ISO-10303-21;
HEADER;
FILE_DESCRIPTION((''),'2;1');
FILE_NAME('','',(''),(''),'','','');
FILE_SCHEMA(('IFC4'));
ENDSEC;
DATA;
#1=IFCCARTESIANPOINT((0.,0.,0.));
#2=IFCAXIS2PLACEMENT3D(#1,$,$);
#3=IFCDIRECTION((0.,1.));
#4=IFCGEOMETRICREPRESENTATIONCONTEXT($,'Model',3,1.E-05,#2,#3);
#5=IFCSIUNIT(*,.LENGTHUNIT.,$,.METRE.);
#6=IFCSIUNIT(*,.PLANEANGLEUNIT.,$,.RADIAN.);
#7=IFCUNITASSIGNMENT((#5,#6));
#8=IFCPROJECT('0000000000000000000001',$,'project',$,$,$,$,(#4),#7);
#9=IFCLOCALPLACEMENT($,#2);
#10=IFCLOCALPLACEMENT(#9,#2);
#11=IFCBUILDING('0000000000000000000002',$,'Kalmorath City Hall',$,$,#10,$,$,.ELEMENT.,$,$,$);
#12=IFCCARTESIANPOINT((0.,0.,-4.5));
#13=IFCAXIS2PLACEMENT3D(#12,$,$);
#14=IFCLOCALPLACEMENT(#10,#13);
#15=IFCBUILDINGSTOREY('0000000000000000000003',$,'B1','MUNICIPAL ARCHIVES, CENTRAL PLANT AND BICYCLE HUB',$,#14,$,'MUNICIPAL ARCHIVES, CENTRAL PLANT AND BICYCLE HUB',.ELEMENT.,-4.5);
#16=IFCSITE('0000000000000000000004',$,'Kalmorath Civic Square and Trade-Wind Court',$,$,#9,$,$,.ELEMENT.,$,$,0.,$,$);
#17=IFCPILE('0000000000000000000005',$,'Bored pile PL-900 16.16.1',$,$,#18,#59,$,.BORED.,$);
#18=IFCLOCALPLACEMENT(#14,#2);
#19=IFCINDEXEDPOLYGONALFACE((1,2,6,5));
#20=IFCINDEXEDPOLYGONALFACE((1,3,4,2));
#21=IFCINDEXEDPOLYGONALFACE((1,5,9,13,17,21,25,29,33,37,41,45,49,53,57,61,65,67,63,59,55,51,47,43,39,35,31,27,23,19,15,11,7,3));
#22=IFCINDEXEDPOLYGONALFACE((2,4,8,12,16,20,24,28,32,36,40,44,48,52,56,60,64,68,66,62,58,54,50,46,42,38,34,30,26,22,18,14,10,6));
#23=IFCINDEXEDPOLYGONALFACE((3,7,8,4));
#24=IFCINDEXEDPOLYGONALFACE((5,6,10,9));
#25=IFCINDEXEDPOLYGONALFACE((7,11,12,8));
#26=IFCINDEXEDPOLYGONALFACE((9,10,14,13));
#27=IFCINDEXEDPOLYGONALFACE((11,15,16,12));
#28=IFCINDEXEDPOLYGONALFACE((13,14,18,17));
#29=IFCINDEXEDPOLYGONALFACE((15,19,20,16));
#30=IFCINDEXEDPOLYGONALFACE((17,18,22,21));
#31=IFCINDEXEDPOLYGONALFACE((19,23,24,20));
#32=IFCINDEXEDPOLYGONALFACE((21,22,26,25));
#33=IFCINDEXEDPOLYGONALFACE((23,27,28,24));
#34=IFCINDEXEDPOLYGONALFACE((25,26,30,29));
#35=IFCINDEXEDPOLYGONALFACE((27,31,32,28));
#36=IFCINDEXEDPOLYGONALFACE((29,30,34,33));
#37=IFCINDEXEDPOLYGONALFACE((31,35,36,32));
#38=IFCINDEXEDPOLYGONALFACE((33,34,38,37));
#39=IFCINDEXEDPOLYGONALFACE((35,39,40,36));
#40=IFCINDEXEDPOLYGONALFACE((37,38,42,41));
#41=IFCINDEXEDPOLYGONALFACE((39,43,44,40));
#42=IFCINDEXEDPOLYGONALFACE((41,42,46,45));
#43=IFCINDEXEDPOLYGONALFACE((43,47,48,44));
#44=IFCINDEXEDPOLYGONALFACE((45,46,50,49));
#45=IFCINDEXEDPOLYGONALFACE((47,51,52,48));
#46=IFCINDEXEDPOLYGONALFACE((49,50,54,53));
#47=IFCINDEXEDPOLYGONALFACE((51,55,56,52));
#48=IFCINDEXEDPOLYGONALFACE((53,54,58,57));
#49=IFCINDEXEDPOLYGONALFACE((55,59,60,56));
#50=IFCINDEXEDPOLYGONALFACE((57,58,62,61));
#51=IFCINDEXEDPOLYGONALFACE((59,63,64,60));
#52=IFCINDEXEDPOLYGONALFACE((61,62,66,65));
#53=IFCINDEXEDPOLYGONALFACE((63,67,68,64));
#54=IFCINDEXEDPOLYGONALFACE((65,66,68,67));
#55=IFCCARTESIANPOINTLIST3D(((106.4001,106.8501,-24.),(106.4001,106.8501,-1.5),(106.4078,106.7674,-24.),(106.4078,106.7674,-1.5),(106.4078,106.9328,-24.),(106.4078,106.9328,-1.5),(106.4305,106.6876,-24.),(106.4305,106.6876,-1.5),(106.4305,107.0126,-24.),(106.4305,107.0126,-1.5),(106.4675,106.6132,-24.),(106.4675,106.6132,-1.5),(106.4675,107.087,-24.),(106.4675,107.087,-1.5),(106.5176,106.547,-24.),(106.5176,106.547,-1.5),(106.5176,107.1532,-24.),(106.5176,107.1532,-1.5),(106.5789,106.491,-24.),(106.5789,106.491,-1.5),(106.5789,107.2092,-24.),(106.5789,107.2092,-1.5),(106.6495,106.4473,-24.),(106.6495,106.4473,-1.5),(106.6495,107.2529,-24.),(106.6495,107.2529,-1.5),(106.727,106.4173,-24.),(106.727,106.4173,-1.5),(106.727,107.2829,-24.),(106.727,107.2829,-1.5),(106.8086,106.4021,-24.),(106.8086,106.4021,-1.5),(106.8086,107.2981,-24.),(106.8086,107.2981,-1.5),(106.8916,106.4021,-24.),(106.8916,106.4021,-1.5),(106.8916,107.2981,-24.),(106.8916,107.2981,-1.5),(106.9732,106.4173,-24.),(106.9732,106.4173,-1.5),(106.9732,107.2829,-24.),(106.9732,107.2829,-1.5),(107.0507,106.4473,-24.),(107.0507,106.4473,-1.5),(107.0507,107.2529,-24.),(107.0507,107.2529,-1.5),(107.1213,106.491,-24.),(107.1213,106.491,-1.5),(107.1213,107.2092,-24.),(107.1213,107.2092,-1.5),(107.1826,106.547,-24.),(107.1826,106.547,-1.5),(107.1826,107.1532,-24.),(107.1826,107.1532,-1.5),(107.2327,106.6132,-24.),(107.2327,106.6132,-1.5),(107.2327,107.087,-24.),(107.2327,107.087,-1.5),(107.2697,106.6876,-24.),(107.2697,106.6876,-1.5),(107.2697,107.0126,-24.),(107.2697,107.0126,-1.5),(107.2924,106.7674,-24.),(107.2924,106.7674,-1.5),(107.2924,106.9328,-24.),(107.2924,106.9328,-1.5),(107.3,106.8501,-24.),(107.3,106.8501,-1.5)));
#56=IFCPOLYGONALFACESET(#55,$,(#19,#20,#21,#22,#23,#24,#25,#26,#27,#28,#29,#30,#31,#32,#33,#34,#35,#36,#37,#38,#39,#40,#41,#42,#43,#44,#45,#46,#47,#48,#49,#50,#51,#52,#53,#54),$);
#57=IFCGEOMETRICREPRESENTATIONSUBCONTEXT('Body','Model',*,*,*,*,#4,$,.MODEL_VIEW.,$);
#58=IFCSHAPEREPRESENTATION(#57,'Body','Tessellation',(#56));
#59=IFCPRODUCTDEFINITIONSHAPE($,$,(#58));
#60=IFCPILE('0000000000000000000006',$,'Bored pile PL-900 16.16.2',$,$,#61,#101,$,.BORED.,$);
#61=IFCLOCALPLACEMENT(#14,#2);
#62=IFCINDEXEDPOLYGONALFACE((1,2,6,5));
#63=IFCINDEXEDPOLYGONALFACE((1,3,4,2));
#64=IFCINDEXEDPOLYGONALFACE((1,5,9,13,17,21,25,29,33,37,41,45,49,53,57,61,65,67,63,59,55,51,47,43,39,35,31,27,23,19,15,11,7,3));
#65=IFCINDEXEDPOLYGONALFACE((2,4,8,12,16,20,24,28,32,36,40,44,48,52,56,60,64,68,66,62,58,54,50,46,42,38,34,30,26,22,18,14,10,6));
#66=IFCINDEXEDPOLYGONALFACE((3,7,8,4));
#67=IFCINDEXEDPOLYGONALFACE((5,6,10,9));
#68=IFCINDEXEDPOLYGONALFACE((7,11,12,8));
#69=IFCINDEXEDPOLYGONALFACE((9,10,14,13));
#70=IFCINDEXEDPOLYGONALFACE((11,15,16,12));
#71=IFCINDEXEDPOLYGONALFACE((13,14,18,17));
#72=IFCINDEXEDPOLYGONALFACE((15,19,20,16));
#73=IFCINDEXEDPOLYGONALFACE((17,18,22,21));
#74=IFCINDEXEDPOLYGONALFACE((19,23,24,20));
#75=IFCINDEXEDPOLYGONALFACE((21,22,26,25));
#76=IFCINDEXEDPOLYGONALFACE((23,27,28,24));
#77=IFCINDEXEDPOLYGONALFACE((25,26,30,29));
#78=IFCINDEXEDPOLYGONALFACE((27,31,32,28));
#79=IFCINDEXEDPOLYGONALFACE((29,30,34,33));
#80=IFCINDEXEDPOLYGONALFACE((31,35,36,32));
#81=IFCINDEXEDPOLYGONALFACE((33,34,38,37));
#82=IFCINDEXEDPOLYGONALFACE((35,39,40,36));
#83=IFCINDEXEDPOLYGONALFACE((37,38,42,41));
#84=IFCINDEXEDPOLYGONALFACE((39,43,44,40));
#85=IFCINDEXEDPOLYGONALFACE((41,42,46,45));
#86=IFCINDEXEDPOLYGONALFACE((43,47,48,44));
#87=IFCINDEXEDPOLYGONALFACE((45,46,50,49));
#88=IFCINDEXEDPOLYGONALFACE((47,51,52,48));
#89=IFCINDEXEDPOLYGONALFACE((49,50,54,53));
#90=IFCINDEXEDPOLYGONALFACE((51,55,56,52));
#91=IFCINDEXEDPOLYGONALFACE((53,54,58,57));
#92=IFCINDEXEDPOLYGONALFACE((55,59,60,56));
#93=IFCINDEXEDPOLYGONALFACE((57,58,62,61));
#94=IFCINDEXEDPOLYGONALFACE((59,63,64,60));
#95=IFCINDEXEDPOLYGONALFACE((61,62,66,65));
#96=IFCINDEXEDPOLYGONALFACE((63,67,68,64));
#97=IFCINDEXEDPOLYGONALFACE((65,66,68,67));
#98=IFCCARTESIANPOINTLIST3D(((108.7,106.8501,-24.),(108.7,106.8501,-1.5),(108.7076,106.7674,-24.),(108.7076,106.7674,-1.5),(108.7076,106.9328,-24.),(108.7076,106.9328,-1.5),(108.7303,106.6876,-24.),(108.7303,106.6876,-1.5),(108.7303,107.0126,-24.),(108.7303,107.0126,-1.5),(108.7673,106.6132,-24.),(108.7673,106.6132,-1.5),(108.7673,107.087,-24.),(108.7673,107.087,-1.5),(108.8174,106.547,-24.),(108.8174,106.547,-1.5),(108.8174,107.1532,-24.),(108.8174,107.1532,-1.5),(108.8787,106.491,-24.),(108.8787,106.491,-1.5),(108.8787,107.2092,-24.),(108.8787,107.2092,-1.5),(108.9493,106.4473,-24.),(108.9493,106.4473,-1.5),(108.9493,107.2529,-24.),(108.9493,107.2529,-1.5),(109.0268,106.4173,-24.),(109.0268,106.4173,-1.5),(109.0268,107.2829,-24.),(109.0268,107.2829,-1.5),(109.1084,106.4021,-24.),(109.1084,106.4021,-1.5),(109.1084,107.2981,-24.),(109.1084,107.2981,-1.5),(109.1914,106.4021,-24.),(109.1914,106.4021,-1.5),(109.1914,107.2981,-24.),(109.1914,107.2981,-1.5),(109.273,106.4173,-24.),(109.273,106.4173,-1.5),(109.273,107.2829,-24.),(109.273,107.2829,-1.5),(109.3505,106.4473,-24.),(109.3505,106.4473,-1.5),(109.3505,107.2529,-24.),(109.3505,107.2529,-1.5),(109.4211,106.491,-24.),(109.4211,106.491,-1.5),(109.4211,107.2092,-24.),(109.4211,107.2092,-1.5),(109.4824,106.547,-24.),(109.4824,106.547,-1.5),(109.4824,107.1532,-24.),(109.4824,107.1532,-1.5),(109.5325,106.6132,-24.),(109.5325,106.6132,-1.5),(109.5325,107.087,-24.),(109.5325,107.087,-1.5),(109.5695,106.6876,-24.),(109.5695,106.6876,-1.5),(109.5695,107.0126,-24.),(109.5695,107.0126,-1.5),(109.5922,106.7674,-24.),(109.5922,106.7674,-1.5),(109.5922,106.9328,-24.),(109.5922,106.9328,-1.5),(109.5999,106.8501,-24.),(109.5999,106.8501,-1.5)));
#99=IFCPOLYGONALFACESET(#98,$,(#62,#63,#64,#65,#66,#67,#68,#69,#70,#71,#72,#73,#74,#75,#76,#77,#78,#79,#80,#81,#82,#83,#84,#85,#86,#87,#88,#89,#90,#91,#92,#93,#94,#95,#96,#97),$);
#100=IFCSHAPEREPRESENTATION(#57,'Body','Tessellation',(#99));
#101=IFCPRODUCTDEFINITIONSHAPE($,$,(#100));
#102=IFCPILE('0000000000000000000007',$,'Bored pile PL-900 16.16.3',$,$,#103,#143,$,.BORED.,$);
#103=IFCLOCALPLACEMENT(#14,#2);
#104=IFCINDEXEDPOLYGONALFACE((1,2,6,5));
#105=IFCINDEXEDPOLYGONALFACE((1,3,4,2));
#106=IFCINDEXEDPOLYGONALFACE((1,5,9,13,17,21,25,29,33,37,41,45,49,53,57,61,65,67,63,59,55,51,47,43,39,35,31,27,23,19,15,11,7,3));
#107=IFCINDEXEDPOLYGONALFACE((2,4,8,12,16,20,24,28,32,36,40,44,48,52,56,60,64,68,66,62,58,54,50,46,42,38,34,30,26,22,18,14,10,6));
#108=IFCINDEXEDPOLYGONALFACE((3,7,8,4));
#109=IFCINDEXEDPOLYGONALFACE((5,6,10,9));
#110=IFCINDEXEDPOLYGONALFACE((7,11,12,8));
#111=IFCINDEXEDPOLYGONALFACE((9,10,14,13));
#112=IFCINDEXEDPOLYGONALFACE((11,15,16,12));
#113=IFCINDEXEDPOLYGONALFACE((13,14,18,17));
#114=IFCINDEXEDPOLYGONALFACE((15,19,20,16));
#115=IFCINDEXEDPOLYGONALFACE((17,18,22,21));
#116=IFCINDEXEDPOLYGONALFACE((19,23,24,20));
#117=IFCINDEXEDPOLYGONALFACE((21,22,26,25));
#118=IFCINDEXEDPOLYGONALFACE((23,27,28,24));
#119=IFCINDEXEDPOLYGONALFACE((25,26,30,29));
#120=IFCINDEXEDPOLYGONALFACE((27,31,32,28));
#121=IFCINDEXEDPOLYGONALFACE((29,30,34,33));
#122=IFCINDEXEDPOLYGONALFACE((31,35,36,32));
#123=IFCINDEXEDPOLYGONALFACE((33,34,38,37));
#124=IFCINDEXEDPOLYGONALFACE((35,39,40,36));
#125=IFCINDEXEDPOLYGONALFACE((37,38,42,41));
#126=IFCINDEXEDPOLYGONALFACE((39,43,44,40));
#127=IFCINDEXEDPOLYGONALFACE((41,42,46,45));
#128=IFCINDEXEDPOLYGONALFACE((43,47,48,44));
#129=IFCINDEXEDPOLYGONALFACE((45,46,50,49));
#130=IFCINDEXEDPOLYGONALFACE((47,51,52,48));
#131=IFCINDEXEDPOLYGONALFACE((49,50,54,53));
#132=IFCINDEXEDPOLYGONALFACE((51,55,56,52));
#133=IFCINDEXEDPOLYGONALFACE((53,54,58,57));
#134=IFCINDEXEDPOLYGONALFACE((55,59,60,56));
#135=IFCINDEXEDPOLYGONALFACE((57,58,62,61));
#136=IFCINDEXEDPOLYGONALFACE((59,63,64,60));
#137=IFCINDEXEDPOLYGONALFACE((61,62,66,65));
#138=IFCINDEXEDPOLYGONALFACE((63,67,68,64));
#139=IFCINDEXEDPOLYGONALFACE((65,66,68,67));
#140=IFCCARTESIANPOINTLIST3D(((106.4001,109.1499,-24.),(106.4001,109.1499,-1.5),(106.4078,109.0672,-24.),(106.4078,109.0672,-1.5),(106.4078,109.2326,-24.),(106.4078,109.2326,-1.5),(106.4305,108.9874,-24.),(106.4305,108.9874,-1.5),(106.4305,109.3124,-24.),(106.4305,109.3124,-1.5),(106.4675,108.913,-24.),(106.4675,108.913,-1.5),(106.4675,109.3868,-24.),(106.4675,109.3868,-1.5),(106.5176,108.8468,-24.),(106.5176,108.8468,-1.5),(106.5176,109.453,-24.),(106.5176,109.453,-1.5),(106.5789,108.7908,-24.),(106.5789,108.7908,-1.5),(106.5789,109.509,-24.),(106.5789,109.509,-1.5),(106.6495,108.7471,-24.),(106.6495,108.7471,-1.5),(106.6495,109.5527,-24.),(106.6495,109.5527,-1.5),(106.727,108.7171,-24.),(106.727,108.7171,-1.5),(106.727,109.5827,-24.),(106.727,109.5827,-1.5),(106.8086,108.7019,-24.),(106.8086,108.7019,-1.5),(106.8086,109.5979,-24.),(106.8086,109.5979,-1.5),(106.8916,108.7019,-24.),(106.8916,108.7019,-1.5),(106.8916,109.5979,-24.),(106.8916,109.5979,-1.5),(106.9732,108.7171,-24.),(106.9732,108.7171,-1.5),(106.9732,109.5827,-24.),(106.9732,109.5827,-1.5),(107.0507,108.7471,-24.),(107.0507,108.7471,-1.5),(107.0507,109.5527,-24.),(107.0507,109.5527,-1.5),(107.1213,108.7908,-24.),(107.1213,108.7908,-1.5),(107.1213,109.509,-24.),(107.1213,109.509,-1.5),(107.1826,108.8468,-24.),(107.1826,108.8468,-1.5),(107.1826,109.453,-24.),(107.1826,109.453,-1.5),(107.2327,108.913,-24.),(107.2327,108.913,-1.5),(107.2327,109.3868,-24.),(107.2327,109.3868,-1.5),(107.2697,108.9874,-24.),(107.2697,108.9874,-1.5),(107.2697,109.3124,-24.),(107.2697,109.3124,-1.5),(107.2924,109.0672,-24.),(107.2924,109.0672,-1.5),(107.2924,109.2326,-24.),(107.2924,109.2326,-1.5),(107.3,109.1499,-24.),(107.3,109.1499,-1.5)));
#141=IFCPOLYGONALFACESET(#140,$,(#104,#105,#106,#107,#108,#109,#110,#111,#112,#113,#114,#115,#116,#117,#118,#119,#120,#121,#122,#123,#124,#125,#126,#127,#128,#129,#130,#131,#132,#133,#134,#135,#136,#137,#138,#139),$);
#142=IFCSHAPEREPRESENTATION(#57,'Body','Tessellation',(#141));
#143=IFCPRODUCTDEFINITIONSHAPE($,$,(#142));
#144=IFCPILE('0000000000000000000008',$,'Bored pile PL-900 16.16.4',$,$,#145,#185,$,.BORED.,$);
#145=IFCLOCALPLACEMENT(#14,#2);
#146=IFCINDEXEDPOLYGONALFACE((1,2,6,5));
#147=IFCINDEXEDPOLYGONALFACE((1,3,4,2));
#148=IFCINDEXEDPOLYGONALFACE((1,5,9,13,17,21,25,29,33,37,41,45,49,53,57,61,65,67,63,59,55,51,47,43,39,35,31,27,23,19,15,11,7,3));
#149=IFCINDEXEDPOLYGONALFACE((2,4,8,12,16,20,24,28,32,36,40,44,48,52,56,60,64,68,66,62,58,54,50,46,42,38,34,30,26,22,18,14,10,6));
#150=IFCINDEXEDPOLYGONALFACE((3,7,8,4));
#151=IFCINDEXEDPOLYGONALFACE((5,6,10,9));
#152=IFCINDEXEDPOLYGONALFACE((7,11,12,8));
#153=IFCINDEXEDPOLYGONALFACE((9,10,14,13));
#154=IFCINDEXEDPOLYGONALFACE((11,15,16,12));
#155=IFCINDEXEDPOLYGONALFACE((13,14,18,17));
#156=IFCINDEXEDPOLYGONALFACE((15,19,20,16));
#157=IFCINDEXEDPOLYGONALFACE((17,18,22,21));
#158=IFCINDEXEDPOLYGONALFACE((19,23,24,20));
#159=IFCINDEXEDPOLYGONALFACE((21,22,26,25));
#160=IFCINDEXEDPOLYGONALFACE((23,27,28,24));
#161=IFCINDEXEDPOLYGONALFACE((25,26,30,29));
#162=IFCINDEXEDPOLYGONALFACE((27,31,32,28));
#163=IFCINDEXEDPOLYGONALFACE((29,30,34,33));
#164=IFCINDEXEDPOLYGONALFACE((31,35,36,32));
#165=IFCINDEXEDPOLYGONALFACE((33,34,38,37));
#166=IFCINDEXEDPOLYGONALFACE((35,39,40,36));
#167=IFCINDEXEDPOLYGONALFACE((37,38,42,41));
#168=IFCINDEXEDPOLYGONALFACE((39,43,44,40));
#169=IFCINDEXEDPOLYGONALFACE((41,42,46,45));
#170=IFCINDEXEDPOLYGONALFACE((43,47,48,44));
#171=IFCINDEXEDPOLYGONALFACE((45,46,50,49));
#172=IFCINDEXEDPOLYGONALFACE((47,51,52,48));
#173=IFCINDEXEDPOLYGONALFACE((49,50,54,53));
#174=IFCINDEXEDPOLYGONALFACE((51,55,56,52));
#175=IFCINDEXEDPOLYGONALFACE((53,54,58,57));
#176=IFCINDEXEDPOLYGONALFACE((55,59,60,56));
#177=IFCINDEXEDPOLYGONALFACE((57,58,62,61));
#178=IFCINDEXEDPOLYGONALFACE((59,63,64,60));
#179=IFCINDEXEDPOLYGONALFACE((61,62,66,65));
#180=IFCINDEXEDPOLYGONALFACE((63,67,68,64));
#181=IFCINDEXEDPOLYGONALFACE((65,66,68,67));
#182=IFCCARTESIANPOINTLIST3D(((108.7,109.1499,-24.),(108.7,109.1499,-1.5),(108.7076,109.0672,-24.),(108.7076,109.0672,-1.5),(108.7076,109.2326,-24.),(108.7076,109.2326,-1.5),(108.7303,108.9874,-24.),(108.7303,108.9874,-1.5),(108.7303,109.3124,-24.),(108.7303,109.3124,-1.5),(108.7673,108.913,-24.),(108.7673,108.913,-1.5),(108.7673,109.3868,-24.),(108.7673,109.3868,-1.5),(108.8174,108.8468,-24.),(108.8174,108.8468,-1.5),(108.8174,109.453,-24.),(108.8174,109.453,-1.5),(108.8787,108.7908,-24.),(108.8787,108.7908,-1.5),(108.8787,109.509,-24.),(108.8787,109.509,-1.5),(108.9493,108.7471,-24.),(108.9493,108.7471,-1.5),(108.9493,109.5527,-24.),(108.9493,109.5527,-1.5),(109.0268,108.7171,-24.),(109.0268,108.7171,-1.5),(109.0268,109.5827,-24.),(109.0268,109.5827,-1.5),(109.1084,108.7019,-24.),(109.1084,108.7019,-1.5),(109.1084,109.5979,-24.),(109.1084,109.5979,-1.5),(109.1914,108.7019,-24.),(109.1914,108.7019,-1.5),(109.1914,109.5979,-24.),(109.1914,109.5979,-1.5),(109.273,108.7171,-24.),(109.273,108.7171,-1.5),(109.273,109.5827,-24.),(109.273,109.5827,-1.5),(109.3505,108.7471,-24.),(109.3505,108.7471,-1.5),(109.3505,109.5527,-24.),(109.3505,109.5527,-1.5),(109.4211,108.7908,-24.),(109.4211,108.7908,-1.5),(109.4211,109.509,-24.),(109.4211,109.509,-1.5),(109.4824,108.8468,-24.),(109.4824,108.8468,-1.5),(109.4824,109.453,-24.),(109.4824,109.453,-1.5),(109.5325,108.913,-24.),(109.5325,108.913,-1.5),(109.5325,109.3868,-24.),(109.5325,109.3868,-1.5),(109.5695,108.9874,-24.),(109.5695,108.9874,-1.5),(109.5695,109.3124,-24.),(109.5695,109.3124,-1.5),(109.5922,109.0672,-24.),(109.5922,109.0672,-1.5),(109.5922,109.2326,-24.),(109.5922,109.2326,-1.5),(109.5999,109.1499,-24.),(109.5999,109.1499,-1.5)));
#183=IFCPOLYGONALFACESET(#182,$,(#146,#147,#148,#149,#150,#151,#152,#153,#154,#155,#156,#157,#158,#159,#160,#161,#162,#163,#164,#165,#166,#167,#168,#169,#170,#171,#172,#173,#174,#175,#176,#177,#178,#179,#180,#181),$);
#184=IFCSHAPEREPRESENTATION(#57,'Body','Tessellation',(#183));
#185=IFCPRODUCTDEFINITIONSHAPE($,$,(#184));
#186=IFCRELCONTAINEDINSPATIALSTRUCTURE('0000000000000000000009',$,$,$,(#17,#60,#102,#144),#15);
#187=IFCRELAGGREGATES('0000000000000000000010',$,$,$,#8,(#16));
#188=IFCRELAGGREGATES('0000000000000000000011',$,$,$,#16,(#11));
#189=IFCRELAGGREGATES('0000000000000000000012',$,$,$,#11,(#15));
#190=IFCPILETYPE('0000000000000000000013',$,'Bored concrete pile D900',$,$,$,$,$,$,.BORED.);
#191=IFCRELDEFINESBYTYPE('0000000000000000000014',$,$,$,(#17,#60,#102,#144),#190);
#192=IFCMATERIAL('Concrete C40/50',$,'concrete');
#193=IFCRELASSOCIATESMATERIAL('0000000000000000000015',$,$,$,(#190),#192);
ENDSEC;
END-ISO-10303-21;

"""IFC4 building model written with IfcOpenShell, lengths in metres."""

from ifc_helpers import new_model, si_unit, direction, frame, origin, origin_2d, place, context, subcontext, project, spatial, circle, extrude, material, material_profile, profile_set, type_object, element, save


model = new_model("IFC4")

# Units and contexts
model_context = context("Model", 3, precision=1e-05, world=origin(), true_north=direction((0.0, 1.0)))
body_context = subcontext(model_context, "Body", "Model", "MODEL_VIEW")
ifc_project = project(units=[si_unit("LENGTHUNIT", "METRE"), si_unit("PLANEANGLEUNIT", "RADIAN")], contexts=[model_context])

# Site, building, storey
site_placement = place(None, origin())
site = spatial("IfcSite", under=ifc_project, at=site_placement, Name="Kalmorath Civic Square and Trade-Wind Court", CompositionType="ELEMENT", RefElevation=0.0)
building_placement = place(site_placement, origin())
building = spatial("IfcBuilding", under=site, at=building_placement, Name="Kalmorath City Hall", CompositionType="ELEMENT")
storey_placement = place(building_placement, frame((0.0, 0.0, -4.5)))
storey = spatial("IfcBuildingStorey", under=building, at=storey_placement, Name="B1", Description="MUNICIPAL ARCHIVES, CENTRAL PLANT AND BICYCLE HUB", LongName="MUNICIPAL ARCHIVES, CENTRAL PLANT AND BICYCLE HUB", CompositionType="ELEMENT", Elevation=-4.5)

# Piles
ifc_material_1 = material(Name="Concrete C40/50", Category="concrete")
ifc_material_profile_1 = material_profile(ifc_material_1, circle(Radius=0.45, at=origin_2d()), Name="PILE-D900")
ifc_profile_set_1 = profile_set([ifc_material_profile_1], Name="Concrete C40/50")
pile_type = type_object("IfcPileType", Name="Bored concrete pile D900", PredefinedType="BORED", material=ifc_profile_set_1)
for number, where, z_axis, x_axis, name in (
    (1, (106.8501, 106.8501, -1.5), (0.0, 0.0, -1.0), (1.0, 0.0, 0.0), "Bored pile PL-900 16.16.1"),
    (2, (109.1499, 106.8501, -1.5), (0.0, 0.0, -1.0), (1.0, 0.0, 0.0), "Bored pile PL-900 16.16.2"),
    (3, (106.8501, 109.1499, -1.5), (0.0, 0.0, -1.0), (1.0, 0.0, 0.0), "Bored pile PL-900 16.16.3"),
    (4, (109.1499, 109.1499, -1.5), (0.0, 0.0, -1.0), (1.0, 0.0, 0.0), "Bored pile PL-900 16.16.4"),
):
    element("IfcPile", number, at=place(storey_placement, frame(where, z_axis=z_axis, x_axis=x_axis)), inside=storey, type_object=pile_type, Name=name, PredefinedType="BORED", context=body_context, shape_type="SweptSolid", body=[
        extrude(circle(Radius=0.45, at=origin_2d()), origin(), (0.0, 0.0, 1.0), 22.5),
    ])

save(model, "model.ifc")
